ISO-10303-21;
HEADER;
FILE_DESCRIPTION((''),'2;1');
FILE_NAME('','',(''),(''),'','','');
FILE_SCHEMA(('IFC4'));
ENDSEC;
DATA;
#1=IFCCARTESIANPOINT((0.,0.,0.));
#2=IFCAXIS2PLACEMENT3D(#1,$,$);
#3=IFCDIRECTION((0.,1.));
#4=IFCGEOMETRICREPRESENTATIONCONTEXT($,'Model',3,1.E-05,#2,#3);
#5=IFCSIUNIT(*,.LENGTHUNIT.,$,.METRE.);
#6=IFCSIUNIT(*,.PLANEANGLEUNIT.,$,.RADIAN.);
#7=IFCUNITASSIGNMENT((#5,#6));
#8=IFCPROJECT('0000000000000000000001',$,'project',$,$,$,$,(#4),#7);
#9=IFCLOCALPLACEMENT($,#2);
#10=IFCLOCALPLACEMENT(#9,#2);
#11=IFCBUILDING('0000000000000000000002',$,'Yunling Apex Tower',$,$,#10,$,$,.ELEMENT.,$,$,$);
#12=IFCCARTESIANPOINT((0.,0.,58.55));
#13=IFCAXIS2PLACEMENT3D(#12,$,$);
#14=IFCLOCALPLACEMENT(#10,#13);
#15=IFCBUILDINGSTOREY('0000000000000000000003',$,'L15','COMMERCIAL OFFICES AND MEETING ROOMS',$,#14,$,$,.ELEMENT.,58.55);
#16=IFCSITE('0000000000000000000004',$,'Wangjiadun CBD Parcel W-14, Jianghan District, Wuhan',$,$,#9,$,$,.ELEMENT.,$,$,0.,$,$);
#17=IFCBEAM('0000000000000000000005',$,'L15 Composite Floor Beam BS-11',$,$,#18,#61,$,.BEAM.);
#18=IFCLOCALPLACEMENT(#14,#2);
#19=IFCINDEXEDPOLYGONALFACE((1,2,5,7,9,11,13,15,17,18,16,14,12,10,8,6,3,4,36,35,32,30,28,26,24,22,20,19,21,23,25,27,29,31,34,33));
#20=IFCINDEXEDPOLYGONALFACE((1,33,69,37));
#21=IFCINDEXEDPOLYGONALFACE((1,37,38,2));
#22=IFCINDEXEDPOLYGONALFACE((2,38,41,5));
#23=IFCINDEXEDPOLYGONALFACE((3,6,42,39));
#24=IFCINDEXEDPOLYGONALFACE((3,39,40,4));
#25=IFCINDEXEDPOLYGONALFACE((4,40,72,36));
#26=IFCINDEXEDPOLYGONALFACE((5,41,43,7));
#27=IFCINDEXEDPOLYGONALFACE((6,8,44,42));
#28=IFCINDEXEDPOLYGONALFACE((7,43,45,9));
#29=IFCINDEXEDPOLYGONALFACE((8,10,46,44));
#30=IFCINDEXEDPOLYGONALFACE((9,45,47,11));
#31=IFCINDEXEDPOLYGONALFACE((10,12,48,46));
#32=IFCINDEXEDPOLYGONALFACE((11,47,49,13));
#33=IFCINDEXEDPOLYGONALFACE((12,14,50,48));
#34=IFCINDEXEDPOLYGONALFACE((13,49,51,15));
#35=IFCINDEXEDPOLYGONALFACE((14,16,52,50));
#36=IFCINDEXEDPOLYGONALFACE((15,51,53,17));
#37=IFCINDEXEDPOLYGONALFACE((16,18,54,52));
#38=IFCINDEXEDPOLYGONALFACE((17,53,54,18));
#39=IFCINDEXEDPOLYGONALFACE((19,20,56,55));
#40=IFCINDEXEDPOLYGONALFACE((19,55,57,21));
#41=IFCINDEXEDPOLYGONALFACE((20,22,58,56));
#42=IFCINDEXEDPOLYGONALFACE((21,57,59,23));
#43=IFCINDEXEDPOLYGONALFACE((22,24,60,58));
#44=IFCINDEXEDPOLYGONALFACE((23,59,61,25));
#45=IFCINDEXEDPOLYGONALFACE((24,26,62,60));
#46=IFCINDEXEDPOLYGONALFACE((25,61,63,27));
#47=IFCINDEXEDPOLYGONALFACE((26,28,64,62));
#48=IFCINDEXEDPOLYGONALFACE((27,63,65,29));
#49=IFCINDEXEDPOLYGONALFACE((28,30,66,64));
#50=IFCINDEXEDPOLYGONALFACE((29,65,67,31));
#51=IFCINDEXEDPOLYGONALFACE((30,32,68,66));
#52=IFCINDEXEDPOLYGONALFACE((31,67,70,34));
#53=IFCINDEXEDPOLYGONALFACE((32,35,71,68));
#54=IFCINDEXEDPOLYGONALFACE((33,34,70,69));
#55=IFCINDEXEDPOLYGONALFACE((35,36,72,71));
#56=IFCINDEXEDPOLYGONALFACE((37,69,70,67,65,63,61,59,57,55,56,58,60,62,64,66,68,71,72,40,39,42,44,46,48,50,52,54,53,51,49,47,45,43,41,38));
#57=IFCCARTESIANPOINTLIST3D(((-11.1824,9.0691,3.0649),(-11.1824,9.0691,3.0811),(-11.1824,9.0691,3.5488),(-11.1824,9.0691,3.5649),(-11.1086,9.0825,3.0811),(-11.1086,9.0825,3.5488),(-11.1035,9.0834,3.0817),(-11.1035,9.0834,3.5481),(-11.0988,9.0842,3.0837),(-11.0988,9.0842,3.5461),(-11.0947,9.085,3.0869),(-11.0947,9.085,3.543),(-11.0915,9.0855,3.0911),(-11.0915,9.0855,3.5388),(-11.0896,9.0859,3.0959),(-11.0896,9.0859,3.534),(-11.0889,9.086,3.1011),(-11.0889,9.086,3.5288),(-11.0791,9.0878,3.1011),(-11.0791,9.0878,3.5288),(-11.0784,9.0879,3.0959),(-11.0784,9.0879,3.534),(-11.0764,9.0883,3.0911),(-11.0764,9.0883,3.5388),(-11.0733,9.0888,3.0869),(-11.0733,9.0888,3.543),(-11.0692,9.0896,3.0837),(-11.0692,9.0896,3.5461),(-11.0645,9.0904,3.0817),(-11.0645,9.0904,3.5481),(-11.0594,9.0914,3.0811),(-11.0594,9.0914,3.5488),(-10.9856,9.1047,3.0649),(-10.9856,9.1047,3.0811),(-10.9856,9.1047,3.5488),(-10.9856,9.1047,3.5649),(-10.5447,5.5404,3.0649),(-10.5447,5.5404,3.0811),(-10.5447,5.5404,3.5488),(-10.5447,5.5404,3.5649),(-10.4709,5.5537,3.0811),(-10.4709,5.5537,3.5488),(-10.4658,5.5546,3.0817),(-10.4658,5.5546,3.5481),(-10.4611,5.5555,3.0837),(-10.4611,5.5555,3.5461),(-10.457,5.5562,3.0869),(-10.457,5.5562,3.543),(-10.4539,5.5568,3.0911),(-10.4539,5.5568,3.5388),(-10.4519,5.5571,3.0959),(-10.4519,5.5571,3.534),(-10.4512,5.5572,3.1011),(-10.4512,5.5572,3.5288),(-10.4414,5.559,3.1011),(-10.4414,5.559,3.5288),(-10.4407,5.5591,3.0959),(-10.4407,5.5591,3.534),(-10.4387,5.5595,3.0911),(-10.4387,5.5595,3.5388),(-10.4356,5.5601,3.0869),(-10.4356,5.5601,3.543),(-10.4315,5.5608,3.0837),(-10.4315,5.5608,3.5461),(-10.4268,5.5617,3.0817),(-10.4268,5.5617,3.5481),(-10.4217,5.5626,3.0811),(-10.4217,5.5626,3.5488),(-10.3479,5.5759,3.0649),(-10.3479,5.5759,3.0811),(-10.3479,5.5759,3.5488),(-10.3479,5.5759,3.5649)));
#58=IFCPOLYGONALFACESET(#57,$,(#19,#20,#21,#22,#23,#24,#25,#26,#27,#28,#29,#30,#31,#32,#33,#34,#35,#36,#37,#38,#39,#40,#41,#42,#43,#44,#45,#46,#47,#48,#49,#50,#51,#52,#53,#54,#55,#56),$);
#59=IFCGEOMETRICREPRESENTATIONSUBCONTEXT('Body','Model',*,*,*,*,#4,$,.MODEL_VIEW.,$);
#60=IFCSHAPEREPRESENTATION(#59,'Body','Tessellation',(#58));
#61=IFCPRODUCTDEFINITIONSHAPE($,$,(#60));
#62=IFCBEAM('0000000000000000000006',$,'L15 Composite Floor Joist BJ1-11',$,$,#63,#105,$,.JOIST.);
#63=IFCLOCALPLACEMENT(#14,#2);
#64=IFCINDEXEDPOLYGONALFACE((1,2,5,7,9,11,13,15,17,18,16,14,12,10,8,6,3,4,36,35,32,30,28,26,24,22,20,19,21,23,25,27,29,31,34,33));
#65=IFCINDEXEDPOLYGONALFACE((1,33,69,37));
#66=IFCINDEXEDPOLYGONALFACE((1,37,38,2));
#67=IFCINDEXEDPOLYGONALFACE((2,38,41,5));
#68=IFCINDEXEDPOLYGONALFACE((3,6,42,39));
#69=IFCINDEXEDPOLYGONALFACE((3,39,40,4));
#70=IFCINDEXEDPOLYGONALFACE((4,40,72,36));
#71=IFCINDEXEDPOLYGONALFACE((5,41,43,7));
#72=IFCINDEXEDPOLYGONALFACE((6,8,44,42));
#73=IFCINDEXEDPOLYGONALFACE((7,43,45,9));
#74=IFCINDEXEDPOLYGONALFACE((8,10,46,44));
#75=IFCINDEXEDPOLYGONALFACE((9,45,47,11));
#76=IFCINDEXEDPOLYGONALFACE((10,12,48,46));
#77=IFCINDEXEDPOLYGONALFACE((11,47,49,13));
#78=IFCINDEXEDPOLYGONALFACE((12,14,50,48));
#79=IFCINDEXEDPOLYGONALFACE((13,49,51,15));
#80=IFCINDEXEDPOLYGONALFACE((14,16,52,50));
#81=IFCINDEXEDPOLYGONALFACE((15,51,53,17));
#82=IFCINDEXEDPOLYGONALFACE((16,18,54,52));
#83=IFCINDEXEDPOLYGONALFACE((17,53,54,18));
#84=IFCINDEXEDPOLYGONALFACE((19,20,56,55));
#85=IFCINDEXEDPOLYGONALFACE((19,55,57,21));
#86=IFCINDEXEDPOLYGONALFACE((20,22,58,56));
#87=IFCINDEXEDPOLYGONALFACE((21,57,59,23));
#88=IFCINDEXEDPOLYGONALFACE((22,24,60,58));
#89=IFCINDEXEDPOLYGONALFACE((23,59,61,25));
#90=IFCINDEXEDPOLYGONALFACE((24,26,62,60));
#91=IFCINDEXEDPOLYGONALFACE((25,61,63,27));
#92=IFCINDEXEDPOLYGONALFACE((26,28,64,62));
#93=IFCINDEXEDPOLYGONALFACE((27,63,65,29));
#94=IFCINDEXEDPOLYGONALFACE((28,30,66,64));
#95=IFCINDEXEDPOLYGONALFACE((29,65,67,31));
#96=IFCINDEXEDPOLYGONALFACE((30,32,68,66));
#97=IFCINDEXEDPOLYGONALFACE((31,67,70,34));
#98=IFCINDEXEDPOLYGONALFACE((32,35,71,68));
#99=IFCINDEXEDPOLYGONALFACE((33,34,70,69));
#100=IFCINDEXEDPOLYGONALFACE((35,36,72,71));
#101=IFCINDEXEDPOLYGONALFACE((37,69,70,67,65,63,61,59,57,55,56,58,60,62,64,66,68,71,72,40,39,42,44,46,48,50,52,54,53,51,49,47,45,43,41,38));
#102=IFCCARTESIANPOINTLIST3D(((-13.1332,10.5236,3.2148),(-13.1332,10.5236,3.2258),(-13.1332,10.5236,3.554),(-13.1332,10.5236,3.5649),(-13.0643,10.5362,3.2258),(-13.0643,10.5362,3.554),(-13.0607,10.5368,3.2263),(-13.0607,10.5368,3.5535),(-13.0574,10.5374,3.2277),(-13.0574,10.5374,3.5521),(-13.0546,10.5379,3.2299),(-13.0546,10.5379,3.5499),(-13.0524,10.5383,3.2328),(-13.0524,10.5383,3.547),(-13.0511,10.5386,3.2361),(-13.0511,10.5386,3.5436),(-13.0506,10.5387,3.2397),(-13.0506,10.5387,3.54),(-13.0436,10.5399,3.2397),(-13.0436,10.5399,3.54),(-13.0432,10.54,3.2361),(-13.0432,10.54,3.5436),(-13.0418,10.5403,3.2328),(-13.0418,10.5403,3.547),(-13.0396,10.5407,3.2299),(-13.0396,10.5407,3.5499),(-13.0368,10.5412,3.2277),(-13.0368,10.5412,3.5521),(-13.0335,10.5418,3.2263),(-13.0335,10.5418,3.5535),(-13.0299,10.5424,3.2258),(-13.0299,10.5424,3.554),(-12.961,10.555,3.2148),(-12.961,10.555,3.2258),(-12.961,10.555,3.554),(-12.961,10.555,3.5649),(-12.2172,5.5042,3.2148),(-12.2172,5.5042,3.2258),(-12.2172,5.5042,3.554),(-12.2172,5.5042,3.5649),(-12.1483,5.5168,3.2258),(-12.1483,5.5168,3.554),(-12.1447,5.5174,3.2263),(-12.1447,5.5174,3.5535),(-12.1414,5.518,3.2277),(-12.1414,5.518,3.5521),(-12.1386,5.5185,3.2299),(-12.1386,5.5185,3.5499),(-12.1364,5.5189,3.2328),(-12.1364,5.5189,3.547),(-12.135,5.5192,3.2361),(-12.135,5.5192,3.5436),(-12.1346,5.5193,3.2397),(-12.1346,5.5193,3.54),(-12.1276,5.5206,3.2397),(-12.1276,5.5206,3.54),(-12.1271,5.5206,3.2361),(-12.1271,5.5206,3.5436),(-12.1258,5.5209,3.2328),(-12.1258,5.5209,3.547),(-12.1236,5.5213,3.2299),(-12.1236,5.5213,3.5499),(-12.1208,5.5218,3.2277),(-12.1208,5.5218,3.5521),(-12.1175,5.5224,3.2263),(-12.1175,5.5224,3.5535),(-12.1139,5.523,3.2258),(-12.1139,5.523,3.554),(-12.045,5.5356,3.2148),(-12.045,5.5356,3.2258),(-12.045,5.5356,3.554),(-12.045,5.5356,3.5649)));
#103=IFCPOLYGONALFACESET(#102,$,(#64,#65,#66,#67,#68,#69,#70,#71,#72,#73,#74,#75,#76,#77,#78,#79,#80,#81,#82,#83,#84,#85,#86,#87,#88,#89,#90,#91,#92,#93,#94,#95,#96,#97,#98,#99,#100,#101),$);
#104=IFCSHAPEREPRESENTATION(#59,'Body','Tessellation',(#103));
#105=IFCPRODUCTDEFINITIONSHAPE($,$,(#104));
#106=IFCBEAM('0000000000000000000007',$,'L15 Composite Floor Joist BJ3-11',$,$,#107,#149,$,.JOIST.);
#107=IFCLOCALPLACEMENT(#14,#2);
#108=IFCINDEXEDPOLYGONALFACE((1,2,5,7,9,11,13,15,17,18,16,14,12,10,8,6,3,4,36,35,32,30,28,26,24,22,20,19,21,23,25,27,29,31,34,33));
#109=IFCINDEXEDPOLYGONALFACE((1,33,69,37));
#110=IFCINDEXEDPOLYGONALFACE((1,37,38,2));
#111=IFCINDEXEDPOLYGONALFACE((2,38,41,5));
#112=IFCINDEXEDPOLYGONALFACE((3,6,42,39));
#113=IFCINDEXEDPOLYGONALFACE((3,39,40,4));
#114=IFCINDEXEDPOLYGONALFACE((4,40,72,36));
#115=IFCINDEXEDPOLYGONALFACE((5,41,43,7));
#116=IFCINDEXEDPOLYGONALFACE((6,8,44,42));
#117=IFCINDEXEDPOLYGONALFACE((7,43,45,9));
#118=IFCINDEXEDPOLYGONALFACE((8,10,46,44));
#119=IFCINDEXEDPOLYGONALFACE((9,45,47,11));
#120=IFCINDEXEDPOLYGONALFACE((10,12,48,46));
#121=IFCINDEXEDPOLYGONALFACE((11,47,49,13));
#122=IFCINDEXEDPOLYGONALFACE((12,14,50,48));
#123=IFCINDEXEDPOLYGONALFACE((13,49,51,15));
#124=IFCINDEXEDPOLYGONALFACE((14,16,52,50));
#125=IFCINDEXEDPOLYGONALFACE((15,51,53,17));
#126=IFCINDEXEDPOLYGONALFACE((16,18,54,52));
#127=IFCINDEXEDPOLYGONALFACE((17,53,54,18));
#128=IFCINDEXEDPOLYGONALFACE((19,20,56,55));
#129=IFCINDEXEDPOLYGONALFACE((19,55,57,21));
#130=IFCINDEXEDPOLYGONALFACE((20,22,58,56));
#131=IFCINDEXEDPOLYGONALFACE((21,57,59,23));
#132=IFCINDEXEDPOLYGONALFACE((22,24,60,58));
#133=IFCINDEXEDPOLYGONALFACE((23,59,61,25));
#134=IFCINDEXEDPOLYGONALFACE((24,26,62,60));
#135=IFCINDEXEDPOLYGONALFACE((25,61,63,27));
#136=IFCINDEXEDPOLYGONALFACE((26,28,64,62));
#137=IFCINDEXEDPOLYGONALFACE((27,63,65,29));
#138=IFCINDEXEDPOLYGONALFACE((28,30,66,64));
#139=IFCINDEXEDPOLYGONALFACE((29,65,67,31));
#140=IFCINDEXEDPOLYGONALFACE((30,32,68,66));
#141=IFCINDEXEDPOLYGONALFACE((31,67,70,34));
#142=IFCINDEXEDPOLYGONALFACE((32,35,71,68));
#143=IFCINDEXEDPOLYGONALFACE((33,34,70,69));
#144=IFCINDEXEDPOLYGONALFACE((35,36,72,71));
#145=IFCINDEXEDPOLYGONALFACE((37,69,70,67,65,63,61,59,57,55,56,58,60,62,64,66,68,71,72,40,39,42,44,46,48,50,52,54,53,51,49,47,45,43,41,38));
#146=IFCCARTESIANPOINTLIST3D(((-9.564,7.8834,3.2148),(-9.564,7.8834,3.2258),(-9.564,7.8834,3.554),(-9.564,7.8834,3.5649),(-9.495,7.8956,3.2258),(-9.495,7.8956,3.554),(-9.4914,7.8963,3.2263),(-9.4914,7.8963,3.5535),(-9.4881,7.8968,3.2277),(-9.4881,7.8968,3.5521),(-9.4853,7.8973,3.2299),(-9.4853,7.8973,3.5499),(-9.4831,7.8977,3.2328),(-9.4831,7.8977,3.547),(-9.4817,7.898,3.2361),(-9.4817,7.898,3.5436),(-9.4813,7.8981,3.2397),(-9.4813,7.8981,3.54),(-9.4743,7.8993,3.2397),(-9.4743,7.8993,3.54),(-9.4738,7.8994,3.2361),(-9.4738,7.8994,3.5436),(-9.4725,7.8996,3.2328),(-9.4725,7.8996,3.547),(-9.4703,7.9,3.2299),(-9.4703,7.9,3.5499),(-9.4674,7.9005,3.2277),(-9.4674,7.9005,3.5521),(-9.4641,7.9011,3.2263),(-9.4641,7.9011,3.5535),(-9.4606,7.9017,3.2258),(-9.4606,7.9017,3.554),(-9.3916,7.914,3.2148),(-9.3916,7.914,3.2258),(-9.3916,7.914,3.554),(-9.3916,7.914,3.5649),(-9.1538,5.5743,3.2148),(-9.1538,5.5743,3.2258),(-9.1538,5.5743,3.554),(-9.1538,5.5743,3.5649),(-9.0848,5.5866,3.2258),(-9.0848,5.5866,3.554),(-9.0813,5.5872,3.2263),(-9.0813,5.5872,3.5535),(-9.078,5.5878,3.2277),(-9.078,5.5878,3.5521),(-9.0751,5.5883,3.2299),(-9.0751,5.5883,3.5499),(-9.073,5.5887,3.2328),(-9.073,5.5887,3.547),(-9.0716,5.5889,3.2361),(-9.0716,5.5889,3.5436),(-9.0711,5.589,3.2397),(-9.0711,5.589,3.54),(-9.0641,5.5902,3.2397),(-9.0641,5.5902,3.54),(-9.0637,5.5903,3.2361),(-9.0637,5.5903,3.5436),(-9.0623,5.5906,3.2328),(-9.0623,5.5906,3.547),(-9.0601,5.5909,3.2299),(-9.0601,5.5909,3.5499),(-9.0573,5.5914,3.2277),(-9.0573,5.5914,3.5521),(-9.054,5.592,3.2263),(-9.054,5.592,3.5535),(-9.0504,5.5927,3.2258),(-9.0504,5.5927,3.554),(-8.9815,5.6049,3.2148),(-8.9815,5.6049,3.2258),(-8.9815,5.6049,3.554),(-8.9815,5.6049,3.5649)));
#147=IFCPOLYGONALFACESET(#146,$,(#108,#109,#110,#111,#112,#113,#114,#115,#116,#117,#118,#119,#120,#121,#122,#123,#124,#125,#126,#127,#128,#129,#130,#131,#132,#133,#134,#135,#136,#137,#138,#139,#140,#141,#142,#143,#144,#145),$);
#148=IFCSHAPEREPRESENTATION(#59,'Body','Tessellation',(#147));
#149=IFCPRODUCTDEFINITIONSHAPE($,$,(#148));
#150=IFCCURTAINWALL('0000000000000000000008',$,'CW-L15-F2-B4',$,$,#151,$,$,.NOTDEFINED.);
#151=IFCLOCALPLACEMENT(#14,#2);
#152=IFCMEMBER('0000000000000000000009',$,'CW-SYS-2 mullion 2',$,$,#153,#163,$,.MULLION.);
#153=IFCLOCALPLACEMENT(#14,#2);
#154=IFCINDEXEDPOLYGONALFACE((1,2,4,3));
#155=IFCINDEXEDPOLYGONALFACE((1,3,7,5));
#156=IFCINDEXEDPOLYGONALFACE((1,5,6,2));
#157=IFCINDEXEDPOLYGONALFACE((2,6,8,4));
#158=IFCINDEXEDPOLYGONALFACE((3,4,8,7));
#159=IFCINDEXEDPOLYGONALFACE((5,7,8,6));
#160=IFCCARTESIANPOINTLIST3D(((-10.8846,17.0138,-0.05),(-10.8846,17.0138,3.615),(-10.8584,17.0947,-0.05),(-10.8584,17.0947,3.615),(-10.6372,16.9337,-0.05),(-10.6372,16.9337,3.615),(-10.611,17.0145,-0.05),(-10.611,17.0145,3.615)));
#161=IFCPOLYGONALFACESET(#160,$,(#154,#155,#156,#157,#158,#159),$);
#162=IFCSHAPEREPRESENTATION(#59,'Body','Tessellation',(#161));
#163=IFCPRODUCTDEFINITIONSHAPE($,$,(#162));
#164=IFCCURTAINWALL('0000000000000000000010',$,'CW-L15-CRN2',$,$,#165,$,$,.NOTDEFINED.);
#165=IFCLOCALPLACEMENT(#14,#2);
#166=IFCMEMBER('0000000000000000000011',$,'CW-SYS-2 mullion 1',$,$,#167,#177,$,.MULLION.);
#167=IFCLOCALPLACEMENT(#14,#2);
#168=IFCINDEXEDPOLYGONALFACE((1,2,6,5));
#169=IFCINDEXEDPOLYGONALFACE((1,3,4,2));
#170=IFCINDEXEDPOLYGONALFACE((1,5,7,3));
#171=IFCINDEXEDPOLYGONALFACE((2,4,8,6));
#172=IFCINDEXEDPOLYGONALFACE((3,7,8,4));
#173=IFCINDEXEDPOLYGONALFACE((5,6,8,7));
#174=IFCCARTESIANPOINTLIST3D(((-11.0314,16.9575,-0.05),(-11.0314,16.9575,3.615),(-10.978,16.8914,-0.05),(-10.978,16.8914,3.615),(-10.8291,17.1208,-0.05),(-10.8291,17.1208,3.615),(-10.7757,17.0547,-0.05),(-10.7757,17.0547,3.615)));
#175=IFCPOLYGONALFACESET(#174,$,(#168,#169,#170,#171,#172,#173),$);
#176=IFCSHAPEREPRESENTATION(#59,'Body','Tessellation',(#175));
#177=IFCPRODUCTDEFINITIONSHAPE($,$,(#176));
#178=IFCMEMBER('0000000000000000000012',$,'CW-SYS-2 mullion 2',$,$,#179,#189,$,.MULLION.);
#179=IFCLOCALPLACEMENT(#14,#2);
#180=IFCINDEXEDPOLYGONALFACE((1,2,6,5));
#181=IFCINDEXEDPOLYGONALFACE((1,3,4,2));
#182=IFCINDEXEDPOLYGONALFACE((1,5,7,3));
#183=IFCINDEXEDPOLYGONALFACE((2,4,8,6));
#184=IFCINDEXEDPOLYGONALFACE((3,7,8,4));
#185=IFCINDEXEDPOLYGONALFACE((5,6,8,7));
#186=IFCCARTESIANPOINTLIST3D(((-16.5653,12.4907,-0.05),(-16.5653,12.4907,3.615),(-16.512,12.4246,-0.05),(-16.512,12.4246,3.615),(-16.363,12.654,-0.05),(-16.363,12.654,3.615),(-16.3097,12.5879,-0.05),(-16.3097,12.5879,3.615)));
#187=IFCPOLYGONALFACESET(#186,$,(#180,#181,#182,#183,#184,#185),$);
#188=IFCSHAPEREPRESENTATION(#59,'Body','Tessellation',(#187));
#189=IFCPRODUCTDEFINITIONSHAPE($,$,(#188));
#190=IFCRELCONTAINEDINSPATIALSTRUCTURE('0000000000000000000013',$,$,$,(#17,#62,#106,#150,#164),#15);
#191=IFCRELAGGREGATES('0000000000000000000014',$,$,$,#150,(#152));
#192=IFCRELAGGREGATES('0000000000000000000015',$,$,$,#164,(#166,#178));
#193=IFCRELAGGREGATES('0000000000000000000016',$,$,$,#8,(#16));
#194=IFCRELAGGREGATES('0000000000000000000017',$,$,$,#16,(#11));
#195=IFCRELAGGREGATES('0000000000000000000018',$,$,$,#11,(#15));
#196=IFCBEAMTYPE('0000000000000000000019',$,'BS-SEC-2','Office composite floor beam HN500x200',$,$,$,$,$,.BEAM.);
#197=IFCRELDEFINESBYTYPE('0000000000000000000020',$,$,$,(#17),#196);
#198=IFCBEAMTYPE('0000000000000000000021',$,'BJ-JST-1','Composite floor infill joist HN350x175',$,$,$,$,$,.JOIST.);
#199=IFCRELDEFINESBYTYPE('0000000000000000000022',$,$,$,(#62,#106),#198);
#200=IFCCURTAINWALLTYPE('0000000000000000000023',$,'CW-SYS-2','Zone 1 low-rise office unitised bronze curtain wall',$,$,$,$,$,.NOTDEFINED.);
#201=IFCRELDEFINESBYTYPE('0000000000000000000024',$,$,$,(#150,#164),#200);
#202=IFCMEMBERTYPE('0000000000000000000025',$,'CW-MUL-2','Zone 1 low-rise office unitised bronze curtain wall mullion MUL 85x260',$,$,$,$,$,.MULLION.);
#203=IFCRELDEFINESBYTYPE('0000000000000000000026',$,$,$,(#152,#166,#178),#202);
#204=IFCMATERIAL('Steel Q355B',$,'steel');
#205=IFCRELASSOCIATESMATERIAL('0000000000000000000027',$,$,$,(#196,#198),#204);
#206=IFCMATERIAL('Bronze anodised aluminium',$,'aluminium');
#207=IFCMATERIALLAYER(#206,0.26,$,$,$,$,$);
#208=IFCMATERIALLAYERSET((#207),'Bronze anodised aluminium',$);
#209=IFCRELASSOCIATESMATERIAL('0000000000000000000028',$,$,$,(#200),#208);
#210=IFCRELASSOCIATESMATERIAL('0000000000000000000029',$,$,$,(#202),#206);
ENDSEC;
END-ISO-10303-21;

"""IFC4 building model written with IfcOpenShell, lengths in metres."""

from ifc_helpers import new_model, si_unit, direction, frame, origin, origin_2d, place, context, subcontext, project, spatial, rectangle, i_section, extrude, source, transform, mapped, material, layer, layer_set, material_profile, profile_set, type_object, element, aggregate, save


model = new_model("IFC4")

# Units and contexts
model_context = context("Model", 3, precision=1e-05, world=origin(), true_north=direction((0.0, 1.0)))
body_context = subcontext(model_context, "Body", "Model", "MODEL_VIEW")
ifc_project = project(units=[si_unit("LENGTHUNIT", "METRE"), si_unit("PLANEANGLEUNIT", "RADIAN")], contexts=[model_context])

# Site, building, storey
site_placement = place(None, origin())
site = spatial("IfcSite", under=ifc_project, at=site_placement, Name="Wangjiadun CBD Parcel W-14, Jianghan District, Wuhan", CompositionType="ELEMENT", RefElevation=0.0)
building_placement = place(site_placement, origin())
building = spatial("IfcBuilding", under=site, at=building_placement, Name="Yunling Apex Tower", CompositionType="ELEMENT")
storey_placement = place(building_placement, frame((0.0, 0.0, 58.55)))
storey = spatial("IfcBuildingStorey", under=building, at=storey_placement, Name="L15", Description="COMMERCIAL OFFICES AND MEETING ROOMS", CompositionType="ELEMENT", Elevation=58.55)

# Beams
ifc_material_1 = material(Name="Steel Q355B", Category="steel")
ifc_material_profile_1 = material_profile(ifc_material_1, i_section(OverallWidth=0.2, OverallDepth=0.5, WebThickness=0.01, FlangeThickness=0.0161, FilletRadius=0.02, at=origin_2d()))
ifc_profile_set_1 = profile_set([ifc_material_profile_1], Name="Steel Q355B")
beam_type_1 = type_object("IfcBeamType", Name="BS-SEC-2", Description="Office composite floor beam HN500x200", PredefinedType="BEAM", material=ifc_profile_set_1)
ifc_material_profile_2 = material_profile(ifc_material_1, i_section(OverallWidth=0.175, OverallDepth=0.3501, WebThickness=0.0071, FlangeThickness=0.011, FilletRadius=0.0139, at=origin_2d()))
ifc_profile_set_2 = profile_set([ifc_material_profile_2], Name="Steel Q355B")
beam_type_2 = type_object("IfcBeamType", Name="BJ-JST-1", Description="Composite floor infill joist HN350x175", PredefinedType="JOIST", material=ifc_profile_set_2)
shared_shape_1 = source(origin(), body_context, "Body", "SweptSolid", [
    extrude(i_section(OverallWidth=0.2, OverallDepth=0.5, WebThickness=0.01, FlangeThickness=0.0161, FilletRadius=0.02, at=origin_2d()), origin(), (0.0, 0.0, 1.0), 3.5859),
])
beam_1_placement = place(storey_placement, frame((-11.084, 9.0869, 3.3149), z_axis=(0.177831, -0.984061, 0.0), x_axis=(0.984061, 0.177831, 0.0)))
element("IfcBeam", 1, at=beam_1_placement, inside=storey, type_object=beam_type_1, Name="L15 Composite Floor Beam BS-11", PredefinedType="BEAM", context=body_context, shape_type="MappedRepresentation", body=[
    mapped(shared_shape_1, transform((0.0, 0.0, 0.0), scale=1.0)),
])
shared_shape_2 = source(origin(), body_context, "Body", "SweptSolid", [
    extrude(i_section(OverallWidth=0.175, OverallDepth=0.3501, WebThickness=0.0071, FlangeThickness=0.011, FilletRadius=0.0139, at=origin_2d()), origin(), (0.0, 0.0, 1.0), 5.1023),
])
beam_2_placement = place(storey_placement, frame((-13.0471, 10.5393, 3.3899), z_axis=(0.179534, -0.983752, 0.0), x_axis=(0.983752, 0.179534, 0.0)))
element("IfcBeam", 2, at=beam_2_placement, inside=storey, type_object=beam_type_2, Name="L15 Composite Floor Joist BJ1-11", PredefinedType="JOIST", context=body_context, shape_type="MappedRepresentation", body=[
    mapped(shared_shape_2, transform((0.0, 0.0, 0.0), scale=1.0)),
])
shared_shape_3 = source(origin(), body_context, "Body", "SweptSolid", [
    extrude(i_section(OverallWidth=0.175, OverallDepth=0.3501, WebThickness=0.0071, FlangeThickness=0.011, FilletRadius=0.0139, at=origin_2d()), origin(), (0.0, 0.0, 1.0), 2.3452),
])
beam_3_placement = place(storey_placement, frame((-9.4778, 7.8987, 3.3899), z_axis=(0.17489, -0.984588, 0.0), x_axis=(0.984588, 0.17489, 0.0)))
element("IfcBeam", 3, at=beam_3_placement, inside=storey, type_object=beam_type_2, Name="L15 Composite Floor Joist BJ3-11", PredefinedType="JOIST", context=body_context, shape_type="MappedRepresentation", body=[
    mapped(shared_shape_3, transform((0.0, 0.0, 0.0), scale=1.0)),
])

# Curtain wall, member
ifc_material_2 = material(Name="Bronze anodised aluminium", Category="aluminium")
ifc_layer_1 = layer(ifc_material_2, 0.26)
ifc_layer_set_1 = layer_set([ifc_layer_1], Name="Bronze anodised aluminium")
curtain_wall_type = type_object("IfcCurtainWallType", Name="CW-SYS-2", Description="Zone 1 low-rise office unitised bronze curtain wall", PredefinedType="NOTDEFINED", material=ifc_layer_set_1)
curtain_wall_1_placement = place(storey_placement, origin())
curtain_wall_1 = element("IfcCurtainWall", 4, at=curtain_wall_1_placement, inside=storey, type_object=curtain_wall_type, Name="CW-L15-F2-B4", PredefinedType="NOTDEFINED")
ifc_material_profile_3 = material_profile(ifc_material_2, rectangle(XDim=0.085, YDim=0.26, at=origin_2d()))
ifc_profile_set_3 = profile_set([ifc_material_profile_3], Name="Bronze anodised aluminium")
member_type_1 = type_object("IfcMemberType", Name="CW-MUL-2", Description="Zone 1 low-rise office unitised bronze curtain wall mullion MUL 85x260", PredefinedType="MULLION", material=ifc_profile_set_3)
shared_shape_4 = source(origin(), body_context, "Body", "SweptSolid", [
    extrude(rectangle(XDim=0.085, YDim=0.26, at=origin_2d()), origin(), (0.0, 0.0, 1.0), 3.665),
])
member_1_placement = place(storey_placement, frame((-10.7478, 17.0142, -0.05), z_axis=(0.0, 0.0, 1.0), x_axis=(-0.308357, -0.951271, 0.0)))
member_1 = element("IfcMember", 5, at=member_1_placement, type_object=member_type_1, Name="CW-SYS-2 mullion 2", PredefinedType="MULLION", context=body_context, shape_type="MappedRepresentation", body=[
    mapped(shared_shape_4, transform((0.0, 0.0, 0.0), scale=1.0)),
])

# Curtain wall, members
curtain_wall_2_placement = place(storey_placement, origin())
curtain_wall_2 = element("IfcCurtainWall", 6, at=curtain_wall_2_placement, inside=storey, type_object=curtain_wall_type, Name="CW-L15-CRN2", PredefinedType="NOTDEFINED")
member_2_placement = place(storey_placement, frame((-10.9036, 17.0061, -0.05), z_axis=(0.0, 0.0, 1.0), x_axis=(0.62808, -0.778149, 0.0)))
member_2 = element("IfcMember", 7, at=member_2_placement, type_object=member_type_1, Name="CW-SYS-2 mullion 1", PredefinedType="MULLION", context=body_context, shape_type="MappedRepresentation", body=[
    mapped(shared_shape_4, transform((0.0, 0.0, 0.0), scale=1.0)),
])
member_3_placement = place(storey_placement, frame((-16.4375, 12.5393, -0.05), z_axis=(0.0, 0.0, 1.0), x_axis=(0.62808, -0.778149, 0.0)))
member_3 = element("IfcMember", 8, at=member_3_placement, type_object=member_type_1, Name="CW-SYS-2 mullion 2", PredefinedType="MULLION", context=body_context, shape_type="MappedRepresentation", body=[
    mapped(shared_shape_4, transform((0.0, 0.0, 0.0), scale=1.0)),
])

aggregate(curtain_wall_1, [member_1])
aggregate(curtain_wall_2, [member_2, member_3])

save(model, "model.ifc")
